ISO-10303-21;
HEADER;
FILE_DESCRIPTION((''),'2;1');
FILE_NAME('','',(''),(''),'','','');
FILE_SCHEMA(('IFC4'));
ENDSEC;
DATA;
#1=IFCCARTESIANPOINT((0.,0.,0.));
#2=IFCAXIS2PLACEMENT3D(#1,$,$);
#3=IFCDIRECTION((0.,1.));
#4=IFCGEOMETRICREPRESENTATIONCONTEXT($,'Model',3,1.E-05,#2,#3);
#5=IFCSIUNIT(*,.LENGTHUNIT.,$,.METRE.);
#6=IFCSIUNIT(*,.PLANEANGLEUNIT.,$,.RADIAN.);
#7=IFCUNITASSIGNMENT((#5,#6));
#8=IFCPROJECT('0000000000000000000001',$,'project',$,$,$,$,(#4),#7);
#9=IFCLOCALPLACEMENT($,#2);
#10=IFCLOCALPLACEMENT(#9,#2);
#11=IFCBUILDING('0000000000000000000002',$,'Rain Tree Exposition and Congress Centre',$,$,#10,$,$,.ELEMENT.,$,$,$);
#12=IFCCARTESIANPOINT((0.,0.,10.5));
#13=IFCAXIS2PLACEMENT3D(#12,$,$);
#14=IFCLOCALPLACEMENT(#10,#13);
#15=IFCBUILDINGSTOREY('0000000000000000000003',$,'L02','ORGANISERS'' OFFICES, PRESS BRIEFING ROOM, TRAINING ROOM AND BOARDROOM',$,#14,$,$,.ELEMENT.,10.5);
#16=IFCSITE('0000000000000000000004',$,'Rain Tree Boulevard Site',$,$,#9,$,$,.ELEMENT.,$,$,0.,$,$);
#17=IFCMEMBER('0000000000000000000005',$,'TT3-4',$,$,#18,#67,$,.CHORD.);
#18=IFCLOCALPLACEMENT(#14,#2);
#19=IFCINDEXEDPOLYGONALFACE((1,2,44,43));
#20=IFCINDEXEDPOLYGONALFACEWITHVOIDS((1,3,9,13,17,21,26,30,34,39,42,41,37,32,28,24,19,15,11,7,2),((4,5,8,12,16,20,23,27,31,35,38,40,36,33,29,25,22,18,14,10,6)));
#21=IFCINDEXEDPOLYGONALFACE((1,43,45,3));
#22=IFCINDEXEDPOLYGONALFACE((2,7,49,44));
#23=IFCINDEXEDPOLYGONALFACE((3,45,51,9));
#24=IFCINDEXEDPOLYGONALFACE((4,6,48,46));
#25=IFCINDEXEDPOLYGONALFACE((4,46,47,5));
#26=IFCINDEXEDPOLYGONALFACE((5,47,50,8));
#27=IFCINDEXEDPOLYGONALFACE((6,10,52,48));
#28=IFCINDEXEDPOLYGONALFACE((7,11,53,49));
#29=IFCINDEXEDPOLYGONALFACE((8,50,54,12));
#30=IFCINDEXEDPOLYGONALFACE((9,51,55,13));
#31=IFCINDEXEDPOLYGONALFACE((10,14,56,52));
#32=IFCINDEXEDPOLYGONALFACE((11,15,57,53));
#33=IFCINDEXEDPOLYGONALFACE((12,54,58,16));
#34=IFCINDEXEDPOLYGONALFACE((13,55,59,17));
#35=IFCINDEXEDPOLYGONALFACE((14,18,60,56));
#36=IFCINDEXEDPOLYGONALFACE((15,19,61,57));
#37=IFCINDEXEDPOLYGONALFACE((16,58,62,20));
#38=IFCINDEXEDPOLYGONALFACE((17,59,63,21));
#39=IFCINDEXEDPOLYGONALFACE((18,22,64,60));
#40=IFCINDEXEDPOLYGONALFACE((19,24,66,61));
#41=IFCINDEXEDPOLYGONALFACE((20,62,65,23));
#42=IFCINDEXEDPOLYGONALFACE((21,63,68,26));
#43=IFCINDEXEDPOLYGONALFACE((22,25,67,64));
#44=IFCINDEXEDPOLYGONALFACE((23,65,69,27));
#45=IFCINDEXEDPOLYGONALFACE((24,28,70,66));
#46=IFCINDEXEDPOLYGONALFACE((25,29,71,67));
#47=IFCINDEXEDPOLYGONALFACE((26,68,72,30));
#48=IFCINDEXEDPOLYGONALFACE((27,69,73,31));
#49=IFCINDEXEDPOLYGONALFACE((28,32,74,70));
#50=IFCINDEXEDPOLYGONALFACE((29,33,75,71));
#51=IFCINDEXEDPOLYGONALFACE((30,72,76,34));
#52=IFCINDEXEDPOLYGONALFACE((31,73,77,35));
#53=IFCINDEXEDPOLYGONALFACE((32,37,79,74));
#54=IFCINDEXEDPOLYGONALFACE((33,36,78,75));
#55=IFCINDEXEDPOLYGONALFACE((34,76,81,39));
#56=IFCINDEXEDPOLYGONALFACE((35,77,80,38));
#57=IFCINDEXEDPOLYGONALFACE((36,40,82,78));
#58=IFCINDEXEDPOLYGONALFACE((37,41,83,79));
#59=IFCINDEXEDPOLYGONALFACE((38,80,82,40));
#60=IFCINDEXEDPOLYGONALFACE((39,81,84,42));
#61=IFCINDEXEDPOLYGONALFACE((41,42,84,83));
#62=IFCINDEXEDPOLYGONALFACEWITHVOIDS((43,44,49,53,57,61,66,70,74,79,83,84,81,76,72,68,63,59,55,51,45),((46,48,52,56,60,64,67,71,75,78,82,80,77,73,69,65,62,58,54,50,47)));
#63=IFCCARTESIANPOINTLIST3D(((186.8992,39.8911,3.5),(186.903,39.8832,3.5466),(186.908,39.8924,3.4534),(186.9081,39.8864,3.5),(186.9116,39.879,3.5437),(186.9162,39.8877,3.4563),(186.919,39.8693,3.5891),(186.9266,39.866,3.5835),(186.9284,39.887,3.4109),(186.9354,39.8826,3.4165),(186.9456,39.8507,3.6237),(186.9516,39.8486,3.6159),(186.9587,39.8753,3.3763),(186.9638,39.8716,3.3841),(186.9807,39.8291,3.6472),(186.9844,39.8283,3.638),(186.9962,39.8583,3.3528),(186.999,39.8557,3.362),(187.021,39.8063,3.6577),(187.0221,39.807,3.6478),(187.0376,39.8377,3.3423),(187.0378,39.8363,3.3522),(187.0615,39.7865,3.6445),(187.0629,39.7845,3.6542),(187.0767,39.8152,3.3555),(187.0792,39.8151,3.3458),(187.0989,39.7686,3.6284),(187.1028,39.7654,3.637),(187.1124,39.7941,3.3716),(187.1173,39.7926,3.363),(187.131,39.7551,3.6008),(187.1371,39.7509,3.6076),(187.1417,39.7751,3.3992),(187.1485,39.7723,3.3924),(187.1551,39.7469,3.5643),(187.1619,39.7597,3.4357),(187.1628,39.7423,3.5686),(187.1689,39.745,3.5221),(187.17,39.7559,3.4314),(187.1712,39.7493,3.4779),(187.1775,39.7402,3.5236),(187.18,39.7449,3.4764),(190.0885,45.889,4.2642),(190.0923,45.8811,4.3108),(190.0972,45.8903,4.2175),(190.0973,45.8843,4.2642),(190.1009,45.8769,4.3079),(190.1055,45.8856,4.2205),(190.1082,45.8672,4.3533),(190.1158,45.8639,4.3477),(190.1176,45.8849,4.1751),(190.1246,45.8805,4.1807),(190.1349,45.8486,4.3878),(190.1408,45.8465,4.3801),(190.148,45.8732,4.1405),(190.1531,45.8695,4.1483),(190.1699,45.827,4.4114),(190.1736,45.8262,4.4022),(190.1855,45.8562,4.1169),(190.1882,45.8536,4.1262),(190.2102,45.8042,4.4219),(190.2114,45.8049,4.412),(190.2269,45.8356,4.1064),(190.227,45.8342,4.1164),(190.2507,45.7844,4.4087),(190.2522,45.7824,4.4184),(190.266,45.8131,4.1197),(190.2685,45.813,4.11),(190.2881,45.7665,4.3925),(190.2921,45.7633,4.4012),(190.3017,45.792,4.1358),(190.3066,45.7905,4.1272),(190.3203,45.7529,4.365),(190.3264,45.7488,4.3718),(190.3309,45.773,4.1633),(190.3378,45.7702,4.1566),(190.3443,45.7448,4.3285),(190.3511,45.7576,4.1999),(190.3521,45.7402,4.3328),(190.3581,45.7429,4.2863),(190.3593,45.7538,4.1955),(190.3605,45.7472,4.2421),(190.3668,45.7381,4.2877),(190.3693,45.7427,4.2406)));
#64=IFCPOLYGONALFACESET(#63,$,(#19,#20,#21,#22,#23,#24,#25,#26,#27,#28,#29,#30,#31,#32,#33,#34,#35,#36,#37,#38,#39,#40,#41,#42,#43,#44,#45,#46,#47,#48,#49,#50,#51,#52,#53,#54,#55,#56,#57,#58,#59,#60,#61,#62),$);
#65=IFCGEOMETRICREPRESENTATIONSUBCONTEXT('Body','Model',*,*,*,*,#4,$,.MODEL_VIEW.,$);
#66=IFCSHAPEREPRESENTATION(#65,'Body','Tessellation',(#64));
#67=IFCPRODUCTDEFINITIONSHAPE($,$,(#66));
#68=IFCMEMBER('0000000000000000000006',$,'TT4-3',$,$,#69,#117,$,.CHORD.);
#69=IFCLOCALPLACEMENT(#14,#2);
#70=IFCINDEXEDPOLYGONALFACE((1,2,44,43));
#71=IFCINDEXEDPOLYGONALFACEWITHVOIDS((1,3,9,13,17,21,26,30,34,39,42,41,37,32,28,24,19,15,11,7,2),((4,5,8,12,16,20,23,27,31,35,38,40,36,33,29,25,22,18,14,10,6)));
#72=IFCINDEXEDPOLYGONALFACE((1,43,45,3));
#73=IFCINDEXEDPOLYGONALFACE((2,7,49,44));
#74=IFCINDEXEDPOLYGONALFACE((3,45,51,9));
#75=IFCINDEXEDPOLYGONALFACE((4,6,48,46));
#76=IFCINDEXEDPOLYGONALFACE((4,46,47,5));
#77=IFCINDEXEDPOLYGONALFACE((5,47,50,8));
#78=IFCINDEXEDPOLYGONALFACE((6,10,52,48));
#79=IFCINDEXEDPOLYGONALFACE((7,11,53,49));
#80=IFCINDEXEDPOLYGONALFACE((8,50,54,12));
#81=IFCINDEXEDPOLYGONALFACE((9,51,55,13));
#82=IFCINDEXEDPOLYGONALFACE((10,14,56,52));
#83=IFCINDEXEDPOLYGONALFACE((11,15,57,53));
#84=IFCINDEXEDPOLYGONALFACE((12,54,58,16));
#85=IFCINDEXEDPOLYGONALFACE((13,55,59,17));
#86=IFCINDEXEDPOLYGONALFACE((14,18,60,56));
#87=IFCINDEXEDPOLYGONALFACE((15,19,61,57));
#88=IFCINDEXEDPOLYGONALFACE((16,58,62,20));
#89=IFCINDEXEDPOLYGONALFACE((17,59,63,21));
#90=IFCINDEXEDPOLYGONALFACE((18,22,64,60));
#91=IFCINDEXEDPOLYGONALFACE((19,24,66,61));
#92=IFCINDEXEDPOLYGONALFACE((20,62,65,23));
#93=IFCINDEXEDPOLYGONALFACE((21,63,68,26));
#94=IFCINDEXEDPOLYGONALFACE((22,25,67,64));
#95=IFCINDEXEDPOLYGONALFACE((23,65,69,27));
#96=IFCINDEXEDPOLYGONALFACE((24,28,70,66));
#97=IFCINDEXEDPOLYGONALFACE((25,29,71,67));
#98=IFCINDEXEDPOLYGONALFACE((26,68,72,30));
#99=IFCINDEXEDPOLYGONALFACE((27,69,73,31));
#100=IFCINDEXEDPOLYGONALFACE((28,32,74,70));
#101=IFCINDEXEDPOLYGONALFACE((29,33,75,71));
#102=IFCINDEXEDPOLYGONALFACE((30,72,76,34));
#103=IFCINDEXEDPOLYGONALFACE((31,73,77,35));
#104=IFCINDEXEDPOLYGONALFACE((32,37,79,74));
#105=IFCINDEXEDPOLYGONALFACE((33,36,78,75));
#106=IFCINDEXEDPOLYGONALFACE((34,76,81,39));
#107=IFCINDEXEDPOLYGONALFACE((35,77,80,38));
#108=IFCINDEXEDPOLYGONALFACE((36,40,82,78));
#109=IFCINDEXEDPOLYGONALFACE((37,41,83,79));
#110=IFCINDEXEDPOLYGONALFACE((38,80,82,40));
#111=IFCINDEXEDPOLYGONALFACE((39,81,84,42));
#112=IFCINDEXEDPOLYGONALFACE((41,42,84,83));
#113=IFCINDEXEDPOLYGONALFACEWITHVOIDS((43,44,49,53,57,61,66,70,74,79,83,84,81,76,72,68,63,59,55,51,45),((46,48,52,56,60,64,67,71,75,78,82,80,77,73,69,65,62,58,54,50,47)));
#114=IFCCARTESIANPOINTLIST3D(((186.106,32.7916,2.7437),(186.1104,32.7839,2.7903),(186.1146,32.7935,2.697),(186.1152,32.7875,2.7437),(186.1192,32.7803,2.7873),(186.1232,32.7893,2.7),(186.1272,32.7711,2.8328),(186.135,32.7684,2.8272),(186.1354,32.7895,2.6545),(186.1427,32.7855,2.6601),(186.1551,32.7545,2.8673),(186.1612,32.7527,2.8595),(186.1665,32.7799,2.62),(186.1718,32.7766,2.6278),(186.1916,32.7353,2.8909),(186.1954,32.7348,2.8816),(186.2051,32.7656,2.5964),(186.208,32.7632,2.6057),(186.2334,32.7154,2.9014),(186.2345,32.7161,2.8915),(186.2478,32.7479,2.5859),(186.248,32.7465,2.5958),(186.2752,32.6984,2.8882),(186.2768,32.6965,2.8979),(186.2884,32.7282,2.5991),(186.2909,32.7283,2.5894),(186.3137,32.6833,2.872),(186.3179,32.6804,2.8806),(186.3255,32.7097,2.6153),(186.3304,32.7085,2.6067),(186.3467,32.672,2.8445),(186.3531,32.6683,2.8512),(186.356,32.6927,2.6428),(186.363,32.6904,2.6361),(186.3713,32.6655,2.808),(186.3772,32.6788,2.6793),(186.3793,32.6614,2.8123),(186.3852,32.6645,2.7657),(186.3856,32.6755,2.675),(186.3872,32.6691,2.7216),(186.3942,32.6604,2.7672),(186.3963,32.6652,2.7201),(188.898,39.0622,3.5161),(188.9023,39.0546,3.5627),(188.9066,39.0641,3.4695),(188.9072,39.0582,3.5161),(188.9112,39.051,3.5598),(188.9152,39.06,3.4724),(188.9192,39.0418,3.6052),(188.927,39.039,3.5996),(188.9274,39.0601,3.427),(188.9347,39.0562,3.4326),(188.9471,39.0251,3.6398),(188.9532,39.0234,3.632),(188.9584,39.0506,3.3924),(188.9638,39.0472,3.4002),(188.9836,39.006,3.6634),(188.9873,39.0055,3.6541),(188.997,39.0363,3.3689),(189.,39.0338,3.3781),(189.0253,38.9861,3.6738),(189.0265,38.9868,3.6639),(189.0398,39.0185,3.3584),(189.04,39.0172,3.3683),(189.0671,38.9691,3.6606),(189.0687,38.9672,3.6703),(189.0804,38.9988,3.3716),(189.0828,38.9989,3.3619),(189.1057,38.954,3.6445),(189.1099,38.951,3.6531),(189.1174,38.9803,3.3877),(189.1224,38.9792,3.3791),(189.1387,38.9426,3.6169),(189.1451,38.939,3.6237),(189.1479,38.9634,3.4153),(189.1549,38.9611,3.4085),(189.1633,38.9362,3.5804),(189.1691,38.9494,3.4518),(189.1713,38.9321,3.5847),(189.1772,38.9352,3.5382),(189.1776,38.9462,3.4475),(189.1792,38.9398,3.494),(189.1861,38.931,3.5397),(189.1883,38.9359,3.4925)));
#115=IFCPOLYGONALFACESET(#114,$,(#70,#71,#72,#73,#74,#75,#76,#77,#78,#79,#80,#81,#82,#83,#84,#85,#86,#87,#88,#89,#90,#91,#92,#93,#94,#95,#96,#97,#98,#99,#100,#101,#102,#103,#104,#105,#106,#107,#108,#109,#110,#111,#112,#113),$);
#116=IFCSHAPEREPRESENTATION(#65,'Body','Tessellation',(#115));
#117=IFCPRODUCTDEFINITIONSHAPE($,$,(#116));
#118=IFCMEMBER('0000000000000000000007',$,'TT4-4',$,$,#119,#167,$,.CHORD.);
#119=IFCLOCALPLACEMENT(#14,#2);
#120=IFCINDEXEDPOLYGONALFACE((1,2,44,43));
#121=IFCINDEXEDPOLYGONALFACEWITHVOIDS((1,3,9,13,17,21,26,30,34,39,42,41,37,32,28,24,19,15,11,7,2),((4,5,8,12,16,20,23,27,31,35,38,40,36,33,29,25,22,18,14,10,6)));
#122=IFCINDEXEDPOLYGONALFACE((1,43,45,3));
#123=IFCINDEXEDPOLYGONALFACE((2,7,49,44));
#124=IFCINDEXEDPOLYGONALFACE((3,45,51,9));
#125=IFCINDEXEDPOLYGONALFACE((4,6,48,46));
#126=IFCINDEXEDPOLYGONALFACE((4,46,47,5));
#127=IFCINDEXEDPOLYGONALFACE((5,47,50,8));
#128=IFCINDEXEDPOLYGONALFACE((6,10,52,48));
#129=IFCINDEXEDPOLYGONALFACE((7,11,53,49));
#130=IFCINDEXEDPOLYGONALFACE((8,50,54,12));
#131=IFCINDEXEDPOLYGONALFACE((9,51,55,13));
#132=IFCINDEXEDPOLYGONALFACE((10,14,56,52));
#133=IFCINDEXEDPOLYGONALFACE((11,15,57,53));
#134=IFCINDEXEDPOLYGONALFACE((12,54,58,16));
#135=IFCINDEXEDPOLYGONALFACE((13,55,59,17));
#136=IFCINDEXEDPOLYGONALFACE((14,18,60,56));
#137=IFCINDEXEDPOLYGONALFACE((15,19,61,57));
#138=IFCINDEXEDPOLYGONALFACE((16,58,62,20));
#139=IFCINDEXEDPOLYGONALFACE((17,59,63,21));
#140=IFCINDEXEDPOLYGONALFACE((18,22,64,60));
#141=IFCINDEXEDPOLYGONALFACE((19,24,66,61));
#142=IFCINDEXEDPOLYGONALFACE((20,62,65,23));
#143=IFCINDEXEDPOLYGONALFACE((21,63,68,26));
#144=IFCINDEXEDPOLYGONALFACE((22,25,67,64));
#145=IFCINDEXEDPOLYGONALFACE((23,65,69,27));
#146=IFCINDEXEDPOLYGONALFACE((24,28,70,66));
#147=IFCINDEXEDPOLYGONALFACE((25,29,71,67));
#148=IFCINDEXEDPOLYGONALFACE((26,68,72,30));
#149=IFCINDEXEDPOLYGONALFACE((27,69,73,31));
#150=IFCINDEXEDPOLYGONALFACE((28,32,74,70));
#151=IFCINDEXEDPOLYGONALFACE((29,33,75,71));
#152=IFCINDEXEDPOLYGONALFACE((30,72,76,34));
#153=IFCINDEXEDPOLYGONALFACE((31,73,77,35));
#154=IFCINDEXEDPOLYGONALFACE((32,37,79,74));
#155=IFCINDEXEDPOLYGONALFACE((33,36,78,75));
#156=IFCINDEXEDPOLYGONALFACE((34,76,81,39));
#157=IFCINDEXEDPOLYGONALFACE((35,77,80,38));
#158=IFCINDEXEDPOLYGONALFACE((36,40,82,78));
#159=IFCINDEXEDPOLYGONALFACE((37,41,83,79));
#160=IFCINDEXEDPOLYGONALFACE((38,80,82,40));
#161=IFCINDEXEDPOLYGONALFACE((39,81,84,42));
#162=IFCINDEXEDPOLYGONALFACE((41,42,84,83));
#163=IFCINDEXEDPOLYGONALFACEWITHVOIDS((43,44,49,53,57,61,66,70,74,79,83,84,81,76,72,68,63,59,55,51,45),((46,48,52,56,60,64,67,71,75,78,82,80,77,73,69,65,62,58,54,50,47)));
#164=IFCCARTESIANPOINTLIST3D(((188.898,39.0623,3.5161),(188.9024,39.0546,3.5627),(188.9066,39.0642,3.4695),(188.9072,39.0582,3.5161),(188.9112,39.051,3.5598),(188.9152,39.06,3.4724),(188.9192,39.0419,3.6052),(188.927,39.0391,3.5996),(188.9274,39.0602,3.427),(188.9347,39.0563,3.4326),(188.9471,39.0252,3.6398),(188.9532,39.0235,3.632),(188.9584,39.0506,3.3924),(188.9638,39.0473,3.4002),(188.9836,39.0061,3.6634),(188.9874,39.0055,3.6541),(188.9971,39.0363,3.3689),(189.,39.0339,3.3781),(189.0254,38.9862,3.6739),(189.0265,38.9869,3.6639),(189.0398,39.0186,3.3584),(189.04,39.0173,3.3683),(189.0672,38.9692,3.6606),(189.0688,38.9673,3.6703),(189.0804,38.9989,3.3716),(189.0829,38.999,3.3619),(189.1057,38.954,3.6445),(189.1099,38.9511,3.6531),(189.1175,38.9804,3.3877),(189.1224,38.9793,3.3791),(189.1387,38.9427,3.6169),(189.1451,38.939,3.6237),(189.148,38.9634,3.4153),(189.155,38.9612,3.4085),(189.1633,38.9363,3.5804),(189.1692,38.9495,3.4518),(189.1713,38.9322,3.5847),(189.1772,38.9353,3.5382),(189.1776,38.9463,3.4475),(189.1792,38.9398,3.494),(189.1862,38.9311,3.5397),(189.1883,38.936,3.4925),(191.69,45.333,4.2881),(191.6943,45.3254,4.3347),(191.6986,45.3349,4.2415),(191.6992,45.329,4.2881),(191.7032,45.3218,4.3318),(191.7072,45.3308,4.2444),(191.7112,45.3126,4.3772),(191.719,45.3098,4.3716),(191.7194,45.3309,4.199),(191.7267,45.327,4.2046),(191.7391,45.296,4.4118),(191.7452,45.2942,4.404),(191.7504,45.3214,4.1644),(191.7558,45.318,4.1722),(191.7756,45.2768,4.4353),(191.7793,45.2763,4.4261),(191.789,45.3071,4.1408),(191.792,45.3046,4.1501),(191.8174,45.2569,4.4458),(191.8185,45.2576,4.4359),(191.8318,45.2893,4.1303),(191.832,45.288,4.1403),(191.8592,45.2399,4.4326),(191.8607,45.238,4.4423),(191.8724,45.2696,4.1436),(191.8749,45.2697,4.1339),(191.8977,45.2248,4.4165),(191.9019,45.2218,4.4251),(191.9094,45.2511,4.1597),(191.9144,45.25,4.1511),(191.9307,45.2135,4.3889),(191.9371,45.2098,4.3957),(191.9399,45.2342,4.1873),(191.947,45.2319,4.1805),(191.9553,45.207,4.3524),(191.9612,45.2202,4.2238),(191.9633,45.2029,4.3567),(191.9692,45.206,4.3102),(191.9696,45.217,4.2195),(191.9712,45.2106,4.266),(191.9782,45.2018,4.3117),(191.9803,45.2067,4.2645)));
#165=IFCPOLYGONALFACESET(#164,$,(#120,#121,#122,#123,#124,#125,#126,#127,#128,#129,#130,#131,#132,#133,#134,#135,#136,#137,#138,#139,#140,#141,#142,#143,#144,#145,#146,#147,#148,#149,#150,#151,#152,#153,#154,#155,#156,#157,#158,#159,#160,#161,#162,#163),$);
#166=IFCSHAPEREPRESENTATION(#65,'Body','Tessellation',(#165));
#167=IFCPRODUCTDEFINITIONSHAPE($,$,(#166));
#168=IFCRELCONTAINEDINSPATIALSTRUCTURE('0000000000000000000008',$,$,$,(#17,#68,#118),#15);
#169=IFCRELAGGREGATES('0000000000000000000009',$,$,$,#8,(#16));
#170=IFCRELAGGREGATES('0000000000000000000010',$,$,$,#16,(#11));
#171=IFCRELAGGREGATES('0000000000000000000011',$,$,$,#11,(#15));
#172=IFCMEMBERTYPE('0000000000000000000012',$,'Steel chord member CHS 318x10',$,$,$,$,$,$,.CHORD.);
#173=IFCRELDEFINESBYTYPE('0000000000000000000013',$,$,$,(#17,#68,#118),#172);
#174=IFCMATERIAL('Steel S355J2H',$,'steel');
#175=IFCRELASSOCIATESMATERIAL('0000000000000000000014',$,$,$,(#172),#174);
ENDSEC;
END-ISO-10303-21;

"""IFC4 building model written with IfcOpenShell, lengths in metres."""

from ifc_helpers import new_model, si_unit, direction, frame, origin, origin_2d, place, context, subcontext, project, spatial, hollow_circle, extrude, material, material_profile, profile_set, type_object, element, save


model = new_model("IFC4")

# Units and contexts
model_context = context("Model", 3, precision=1e-05, world=origin(), true_north=direction((0.0, 1.0)))
body_context = subcontext(model_context, "Body", "Model", "MODEL_VIEW")
ifc_project = project(units=[si_unit("LENGTHUNIT", "METRE"), si_unit("PLANEANGLEUNIT", "RADIAN")], contexts=[model_context])

# Site, building, storey
site_placement = place(None, origin())
site = spatial("IfcSite", under=ifc_project, at=site_placement, Name="Rain Tree Boulevard Site", CompositionType="ELEMENT", RefElevation=0.0)
building_placement = place(site_placement, origin())
building = spatial("IfcBuilding", under=site, at=building_placement, Name="Rain Tree Exposition and Congress Centre", CompositionType="ELEMENT")
storey_placement = place(building_placement, frame((0.0, 0.0, 10.5)))
storey = spatial("IfcBuildingStorey", under=building, at=storey_placement, Name="L02", Description="ORGANISERS' OFFICES, PRESS BRIEFING ROOM, TRAINING ROOM AND BOARDROOM", CompositionType="ELEMENT", Elevation=10.5)

# Members
ifc_material_1 = material(Name="Steel S355J2H", Category="steel")
ifc_material_profile_1 = material_profile(ifc_material_1, hollow_circle(Radius=0.1592, WallThickness=0.01, at=origin_2d()), Name="CHS 318x10")
ifc_profile_set_1 = profile_set([ifc_material_profile_1], Name="Steel S355J2H")
member_type_1 = type_object("IfcMemberType", Name="Steel chord member CHS 318x10", PredefinedType="CHORD", material=ifc_profile_set_1)
member_1_placement = place(storey_placement, frame((187.0398, 39.8164, 3.5), z_axis=(0.466543, 0.877406, 0.111787), x_axis=(-0.88294, 0.469485, 0.0)))
element("IfcMember", 1, at=member_1_placement, inside=storey, type_object=member_type_1, Name="TT3-4", PredefinedType="CHORD", context=body_context, shape_type="SweptSolid", body=[
    extrude(hollow_circle(Radius=0.1592, WallThickness=0.01, at=origin_2d()), origin(), (0.0, 0.0, 1.0), 6.8359),
])
for number, where, z_axis, x_axis, name in (
    (2, (186.2515, 32.7268, 2.7437), (0.404194, 0.907811, 0.111828), (-0.913541, 0.406746, 0.0), "TT4-3"),
    (3, (189.0435, 38.9976, 3.5161), (0.404197, 0.907818, 0.111759), (-0.913541, 0.406746, 0.0), "TT4-4"),
):
    element("IfcMember", number, at=place(storey_placement, frame(where, z_axis=z_axis, x_axis=x_axis)), inside=storey, type_object=member_type_1, Name=name, PredefinedType="CHORD", context=body_context, shape_type="SweptSolid", body=[
        extrude(hollow_circle(Radius=0.1592, WallThickness=0.01, at=origin_2d()), origin(), (0.0, 0.0, 1.0), 6.9075),
    ])

save(model, "model.ifc")
